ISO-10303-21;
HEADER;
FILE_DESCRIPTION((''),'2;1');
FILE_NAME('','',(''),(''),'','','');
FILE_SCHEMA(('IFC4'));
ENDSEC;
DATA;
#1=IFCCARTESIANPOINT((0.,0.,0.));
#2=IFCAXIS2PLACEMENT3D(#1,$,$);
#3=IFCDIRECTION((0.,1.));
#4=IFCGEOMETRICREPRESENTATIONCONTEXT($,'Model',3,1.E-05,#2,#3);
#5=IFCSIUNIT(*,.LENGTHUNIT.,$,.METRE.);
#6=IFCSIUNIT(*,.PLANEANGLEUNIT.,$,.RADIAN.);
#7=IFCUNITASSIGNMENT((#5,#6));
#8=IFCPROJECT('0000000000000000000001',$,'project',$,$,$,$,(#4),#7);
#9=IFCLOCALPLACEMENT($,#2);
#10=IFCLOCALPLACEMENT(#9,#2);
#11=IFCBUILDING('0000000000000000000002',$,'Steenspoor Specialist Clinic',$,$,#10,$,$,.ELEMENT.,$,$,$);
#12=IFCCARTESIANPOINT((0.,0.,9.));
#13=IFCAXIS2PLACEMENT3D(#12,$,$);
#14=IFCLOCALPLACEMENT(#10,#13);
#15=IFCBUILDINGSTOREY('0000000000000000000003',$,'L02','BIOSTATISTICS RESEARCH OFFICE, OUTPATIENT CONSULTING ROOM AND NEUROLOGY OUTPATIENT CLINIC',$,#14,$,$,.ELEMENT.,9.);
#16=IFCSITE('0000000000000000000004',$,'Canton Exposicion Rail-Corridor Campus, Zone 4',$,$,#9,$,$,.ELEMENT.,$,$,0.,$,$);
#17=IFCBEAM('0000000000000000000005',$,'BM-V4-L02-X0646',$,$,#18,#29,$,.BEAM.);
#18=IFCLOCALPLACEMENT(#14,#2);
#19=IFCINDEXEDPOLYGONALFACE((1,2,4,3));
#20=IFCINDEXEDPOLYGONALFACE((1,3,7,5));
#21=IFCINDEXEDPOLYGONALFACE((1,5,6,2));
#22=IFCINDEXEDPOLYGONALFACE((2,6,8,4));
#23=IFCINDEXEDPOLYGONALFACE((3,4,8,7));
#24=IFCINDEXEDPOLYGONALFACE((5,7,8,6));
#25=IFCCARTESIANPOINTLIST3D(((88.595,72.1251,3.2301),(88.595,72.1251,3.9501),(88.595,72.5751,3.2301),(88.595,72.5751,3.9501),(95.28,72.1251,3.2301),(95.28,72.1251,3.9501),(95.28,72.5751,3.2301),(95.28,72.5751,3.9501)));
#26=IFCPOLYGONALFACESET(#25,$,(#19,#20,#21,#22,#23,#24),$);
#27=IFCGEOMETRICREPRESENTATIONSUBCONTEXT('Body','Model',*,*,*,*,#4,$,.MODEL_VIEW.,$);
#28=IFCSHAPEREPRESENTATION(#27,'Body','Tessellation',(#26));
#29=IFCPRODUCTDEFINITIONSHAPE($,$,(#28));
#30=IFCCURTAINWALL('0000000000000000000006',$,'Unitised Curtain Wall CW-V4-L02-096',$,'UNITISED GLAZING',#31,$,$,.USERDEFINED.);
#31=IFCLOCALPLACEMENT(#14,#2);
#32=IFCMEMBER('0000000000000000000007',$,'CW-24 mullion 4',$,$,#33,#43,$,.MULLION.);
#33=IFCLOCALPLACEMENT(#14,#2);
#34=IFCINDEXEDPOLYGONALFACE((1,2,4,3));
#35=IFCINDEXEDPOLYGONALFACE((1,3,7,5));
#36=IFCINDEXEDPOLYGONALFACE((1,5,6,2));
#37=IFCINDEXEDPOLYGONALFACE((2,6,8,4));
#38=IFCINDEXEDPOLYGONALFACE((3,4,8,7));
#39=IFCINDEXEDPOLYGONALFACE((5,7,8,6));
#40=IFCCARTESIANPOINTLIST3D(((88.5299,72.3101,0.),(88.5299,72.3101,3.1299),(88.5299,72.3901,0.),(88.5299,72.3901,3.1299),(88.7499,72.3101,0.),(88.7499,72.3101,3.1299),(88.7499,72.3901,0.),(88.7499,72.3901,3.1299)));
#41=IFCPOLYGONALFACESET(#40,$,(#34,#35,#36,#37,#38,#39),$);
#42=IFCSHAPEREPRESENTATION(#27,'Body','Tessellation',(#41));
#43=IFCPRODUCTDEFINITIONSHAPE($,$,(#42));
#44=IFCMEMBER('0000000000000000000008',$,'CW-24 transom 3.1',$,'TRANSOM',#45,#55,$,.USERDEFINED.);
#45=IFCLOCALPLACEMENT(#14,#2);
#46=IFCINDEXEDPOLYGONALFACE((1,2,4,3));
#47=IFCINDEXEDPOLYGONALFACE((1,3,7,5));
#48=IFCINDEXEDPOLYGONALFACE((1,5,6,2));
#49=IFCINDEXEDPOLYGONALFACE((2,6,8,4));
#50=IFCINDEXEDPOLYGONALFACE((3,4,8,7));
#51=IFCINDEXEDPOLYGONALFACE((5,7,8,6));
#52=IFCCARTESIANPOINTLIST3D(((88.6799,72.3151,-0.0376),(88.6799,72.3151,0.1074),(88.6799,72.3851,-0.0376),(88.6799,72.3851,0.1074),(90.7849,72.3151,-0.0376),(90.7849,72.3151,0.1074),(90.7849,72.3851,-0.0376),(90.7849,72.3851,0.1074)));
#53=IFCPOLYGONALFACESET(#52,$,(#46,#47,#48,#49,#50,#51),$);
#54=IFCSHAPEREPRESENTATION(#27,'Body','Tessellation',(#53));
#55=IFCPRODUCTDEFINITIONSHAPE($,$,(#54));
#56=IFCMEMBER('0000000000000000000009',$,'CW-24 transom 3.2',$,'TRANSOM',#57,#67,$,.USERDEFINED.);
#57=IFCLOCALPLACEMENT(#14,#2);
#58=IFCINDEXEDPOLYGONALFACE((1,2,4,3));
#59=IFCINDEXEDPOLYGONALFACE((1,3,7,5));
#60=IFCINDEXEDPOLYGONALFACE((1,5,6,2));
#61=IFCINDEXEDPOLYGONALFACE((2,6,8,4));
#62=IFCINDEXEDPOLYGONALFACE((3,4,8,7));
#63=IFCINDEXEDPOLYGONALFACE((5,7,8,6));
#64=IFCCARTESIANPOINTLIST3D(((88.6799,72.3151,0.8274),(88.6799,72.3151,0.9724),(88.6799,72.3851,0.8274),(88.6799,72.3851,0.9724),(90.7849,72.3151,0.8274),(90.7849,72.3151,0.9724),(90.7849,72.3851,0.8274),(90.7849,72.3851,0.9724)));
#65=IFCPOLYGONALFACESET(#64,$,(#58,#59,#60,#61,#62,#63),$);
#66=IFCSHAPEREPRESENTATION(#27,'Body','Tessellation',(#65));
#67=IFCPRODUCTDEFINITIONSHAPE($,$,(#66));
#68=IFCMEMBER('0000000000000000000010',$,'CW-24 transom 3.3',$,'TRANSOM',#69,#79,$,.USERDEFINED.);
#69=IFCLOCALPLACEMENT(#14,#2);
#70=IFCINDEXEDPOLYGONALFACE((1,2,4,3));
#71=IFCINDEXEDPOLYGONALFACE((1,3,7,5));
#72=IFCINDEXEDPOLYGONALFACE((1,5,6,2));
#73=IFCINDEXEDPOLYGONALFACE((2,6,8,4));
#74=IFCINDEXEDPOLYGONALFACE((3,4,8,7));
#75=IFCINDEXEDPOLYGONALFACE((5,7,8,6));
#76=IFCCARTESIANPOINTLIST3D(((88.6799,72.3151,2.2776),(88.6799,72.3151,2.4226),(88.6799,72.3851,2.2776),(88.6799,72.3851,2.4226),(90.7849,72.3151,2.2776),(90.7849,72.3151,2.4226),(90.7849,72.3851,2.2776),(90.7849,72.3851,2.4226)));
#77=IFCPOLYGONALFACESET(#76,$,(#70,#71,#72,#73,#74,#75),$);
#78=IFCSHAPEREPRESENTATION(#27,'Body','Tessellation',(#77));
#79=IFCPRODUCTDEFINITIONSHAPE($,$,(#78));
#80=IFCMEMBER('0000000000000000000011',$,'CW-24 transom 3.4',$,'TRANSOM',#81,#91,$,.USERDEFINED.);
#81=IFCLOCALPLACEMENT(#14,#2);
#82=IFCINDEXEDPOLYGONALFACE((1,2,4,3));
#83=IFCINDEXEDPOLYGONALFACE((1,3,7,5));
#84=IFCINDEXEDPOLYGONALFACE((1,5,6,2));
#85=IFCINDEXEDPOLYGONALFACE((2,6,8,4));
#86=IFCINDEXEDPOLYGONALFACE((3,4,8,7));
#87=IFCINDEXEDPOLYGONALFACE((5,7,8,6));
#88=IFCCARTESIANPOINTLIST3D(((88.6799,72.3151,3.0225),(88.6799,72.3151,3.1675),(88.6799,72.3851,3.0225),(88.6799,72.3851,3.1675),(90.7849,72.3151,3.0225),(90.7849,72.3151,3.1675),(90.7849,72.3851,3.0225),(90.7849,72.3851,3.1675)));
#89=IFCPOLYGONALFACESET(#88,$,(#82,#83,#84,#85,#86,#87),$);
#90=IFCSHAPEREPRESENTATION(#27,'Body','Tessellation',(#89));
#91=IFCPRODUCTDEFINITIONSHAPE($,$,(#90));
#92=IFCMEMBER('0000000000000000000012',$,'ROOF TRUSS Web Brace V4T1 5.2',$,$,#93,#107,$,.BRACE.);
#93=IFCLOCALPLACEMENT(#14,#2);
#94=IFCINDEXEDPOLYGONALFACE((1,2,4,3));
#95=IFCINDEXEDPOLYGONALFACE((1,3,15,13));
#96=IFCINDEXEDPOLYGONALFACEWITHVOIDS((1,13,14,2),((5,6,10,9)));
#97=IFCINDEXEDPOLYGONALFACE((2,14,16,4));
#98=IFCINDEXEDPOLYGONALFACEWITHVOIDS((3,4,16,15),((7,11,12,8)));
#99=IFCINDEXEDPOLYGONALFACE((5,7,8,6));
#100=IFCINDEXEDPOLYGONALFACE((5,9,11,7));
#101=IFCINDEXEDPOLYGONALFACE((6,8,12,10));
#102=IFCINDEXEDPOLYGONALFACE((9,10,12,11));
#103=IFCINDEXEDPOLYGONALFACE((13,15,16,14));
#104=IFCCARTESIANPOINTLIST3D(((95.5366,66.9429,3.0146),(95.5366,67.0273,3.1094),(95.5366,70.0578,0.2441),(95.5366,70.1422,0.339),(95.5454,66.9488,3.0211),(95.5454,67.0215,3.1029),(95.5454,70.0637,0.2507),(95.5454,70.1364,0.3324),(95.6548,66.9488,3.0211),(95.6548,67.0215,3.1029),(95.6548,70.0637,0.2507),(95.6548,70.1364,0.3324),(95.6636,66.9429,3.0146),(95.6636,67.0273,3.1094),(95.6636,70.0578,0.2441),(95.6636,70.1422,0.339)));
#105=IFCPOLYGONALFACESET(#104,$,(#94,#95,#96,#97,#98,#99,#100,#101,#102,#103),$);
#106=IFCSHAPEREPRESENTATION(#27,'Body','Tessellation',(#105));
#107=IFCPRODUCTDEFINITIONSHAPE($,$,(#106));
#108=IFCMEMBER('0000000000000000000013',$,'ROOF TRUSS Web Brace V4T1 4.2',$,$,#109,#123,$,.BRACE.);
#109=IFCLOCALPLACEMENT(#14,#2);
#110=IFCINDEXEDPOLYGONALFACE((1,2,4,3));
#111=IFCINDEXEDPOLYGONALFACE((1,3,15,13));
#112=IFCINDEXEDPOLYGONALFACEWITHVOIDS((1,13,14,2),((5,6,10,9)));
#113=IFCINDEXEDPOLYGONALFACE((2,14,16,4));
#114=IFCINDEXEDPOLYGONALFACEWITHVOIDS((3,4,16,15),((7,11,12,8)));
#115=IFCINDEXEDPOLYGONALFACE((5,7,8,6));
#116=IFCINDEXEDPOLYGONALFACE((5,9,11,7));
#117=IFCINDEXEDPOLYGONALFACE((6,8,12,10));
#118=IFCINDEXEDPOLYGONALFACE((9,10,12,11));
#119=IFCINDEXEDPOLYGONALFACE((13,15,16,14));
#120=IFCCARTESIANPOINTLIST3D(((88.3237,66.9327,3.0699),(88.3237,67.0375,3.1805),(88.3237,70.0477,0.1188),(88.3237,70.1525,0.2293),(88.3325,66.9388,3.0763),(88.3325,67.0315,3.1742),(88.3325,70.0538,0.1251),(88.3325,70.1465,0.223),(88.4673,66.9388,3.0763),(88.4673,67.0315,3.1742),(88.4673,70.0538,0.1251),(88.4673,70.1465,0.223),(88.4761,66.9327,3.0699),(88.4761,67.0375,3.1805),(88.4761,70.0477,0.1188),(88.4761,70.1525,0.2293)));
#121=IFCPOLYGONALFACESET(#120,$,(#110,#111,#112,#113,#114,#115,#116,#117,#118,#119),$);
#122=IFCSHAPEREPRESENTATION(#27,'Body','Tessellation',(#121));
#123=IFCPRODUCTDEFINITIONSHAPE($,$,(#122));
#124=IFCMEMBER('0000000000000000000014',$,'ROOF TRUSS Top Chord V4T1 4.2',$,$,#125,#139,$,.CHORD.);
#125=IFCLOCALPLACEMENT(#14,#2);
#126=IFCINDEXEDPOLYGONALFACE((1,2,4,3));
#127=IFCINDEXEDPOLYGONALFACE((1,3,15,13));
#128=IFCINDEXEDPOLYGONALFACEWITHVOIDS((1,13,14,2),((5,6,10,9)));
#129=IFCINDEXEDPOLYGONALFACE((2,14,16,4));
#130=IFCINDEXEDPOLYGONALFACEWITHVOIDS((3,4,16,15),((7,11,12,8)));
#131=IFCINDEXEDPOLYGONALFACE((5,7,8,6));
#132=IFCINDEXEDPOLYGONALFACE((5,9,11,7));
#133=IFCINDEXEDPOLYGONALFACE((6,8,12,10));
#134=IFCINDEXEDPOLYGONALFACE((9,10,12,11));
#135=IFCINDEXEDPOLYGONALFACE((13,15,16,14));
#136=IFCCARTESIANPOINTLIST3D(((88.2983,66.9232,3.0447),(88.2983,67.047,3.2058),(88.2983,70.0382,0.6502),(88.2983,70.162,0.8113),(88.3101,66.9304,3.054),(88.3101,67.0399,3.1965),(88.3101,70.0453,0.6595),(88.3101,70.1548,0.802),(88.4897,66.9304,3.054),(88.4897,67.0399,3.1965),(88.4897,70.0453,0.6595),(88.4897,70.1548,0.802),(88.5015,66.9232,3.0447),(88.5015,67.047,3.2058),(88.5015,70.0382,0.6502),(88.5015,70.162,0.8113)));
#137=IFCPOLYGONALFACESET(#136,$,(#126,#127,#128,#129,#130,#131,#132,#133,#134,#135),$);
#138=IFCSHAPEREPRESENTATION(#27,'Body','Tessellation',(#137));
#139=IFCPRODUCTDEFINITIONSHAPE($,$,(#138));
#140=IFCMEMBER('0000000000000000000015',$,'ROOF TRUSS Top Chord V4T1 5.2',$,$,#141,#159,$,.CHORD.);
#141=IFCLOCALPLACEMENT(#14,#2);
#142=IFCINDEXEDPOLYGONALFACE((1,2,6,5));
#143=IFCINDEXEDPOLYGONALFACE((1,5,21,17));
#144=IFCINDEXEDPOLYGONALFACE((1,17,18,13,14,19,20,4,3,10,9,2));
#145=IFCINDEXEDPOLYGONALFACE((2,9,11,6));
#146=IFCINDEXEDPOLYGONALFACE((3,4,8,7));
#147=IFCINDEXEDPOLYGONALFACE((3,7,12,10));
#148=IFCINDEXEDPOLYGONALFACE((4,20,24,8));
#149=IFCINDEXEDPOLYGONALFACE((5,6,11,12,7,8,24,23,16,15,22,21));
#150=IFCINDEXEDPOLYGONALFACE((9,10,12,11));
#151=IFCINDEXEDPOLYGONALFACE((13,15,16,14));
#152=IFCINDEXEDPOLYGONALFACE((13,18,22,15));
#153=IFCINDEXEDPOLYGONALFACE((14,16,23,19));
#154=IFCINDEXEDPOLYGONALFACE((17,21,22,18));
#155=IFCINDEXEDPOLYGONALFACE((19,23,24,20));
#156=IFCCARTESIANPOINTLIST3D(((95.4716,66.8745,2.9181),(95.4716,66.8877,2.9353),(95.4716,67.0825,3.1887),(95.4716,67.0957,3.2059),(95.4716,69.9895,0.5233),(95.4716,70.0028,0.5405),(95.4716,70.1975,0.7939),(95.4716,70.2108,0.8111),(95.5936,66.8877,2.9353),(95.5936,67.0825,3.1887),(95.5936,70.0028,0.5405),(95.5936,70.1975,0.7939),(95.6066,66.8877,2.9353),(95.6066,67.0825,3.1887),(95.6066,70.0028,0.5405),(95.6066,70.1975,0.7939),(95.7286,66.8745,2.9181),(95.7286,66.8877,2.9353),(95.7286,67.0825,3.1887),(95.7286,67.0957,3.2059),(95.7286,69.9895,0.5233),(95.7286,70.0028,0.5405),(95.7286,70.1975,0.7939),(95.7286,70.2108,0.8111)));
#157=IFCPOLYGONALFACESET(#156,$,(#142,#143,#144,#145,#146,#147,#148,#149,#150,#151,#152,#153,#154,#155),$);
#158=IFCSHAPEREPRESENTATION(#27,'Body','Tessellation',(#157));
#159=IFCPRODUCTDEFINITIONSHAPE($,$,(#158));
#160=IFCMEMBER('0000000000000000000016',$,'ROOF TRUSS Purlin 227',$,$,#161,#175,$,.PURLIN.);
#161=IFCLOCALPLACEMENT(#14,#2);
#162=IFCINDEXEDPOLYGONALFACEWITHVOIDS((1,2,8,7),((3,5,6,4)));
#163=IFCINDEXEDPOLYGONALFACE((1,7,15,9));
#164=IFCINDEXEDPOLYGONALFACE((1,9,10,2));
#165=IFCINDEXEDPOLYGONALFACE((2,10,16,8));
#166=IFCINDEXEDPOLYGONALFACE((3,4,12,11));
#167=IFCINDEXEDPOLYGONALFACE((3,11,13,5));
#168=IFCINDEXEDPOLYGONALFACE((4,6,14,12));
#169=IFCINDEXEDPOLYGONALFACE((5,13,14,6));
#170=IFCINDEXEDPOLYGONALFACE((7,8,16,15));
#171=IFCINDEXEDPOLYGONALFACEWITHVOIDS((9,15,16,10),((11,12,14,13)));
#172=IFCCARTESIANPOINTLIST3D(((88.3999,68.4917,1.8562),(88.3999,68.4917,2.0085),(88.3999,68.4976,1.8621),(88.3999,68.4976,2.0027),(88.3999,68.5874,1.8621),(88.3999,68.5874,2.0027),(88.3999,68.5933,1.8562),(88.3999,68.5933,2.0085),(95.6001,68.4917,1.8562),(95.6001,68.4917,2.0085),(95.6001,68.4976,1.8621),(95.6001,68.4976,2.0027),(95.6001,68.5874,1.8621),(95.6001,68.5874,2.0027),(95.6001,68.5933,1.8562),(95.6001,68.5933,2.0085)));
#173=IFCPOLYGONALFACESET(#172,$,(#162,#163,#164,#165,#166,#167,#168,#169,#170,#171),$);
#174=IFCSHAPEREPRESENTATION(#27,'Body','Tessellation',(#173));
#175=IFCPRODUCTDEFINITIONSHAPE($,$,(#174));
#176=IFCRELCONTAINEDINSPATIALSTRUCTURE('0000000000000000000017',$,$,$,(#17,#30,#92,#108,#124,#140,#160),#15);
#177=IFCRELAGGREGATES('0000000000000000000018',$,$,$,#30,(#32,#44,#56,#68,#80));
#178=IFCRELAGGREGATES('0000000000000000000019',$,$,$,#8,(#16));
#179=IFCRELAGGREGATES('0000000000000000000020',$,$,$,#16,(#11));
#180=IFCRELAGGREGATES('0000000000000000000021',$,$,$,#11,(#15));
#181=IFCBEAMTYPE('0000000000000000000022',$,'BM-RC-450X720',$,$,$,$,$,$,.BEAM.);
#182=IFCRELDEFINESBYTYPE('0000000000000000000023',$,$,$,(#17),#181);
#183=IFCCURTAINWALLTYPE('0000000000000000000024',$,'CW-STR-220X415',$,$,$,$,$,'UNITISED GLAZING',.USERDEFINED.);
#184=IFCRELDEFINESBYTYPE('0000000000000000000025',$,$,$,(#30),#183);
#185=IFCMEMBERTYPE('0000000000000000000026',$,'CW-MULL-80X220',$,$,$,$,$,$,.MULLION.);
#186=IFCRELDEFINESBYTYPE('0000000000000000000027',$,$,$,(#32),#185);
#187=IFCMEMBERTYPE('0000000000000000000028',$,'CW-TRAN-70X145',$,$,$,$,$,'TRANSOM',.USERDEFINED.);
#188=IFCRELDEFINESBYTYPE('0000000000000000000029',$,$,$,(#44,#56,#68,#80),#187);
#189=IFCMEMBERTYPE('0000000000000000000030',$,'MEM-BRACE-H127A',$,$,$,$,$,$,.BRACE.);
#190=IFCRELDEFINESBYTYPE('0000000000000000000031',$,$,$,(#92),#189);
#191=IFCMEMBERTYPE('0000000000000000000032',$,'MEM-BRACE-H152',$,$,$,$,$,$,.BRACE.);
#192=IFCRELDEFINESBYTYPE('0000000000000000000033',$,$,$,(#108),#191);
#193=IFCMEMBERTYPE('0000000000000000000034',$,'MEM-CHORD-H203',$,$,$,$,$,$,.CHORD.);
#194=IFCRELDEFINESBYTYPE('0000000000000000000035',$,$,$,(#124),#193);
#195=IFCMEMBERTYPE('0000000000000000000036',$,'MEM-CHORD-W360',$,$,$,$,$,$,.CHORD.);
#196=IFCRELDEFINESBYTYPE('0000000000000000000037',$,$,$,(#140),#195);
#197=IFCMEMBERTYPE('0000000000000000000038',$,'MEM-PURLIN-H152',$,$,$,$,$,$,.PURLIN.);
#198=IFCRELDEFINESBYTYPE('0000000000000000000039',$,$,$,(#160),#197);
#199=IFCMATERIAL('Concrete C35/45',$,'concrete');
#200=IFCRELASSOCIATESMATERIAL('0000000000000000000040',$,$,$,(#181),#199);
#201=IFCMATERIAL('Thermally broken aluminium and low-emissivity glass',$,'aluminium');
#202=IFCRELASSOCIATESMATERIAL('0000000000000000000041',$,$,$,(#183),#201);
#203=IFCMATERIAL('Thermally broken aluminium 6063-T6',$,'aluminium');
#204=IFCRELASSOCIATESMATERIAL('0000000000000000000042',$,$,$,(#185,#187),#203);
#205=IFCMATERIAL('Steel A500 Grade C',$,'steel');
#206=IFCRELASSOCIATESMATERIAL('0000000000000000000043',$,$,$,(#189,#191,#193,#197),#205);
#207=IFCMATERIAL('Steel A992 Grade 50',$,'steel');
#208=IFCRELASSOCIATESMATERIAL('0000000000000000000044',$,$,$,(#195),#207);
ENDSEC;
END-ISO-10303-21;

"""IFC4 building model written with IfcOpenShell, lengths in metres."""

from ifc_helpers import new_model, si_unit, direction, frame, origin, origin_2d, place, context, subcontext, project, spatial, rectangle, hollow_rectangle, i_section, extrude, material, material_profile, profile_set, type_object, element, aggregate, save


model = new_model("IFC4")

# Units and contexts
model_context = context("Model", 3, precision=1e-05, world=origin(), true_north=direction((0.0, 1.0)))
body_context = subcontext(model_context, "Body", "Model", "MODEL_VIEW")
ifc_project = project(units=[si_unit("LENGTHUNIT", "METRE"), si_unit("PLANEANGLEUNIT", "RADIAN")], contexts=[model_context])

# Site, building, storey
site_placement = place(None, origin())
site = spatial("IfcSite", under=ifc_project, at=site_placement, Name="Canton Exposicion Rail-Corridor Campus, Zone 4", CompositionType="ELEMENT", RefElevation=0.0)
building_placement = place(site_placement, origin())
building = spatial("IfcBuilding", under=site, at=building_placement, Name="Steenspoor Specialist Clinic", CompositionType="ELEMENT")
storey_placement = place(building_placement, frame((0.0, 0.0, 9.0)))
storey = spatial("IfcBuildingStorey", under=building, at=storey_placement, Name="L02", Description="BIOSTATISTICS RESEARCH OFFICE, OUTPATIENT CONSULTING ROOM AND NEUROLOGY OUTPATIENT CLINIC", CompositionType="ELEMENT", Elevation=9.0)

# Beam
ifc_material_1 = material(Name="Concrete C35/45", Category="concrete")
ifc_material_profile_1 = material_profile(ifc_material_1, rectangle(XDim=0.45, YDim=0.72, at=origin_2d()), Name="RC-BM-450X720")
ifc_profile_set_1 = profile_set([ifc_material_profile_1], Name="Concrete C35/45")
beam_type = type_object("IfcBeamType", Name="BM-RC-450X720", PredefinedType="BEAM", material=ifc_profile_set_1)
beam_placement = place(storey_placement, frame((88.595, 72.3501, 3.5901), z_axis=(1.0, 0.0, 0.0), x_axis=(0.0, 1.0, 0.0)))
element("IfcBeam", 1, at=beam_placement, inside=storey, type_object=beam_type, Name="BM-V4-L02-X0646", PredefinedType="BEAM", context=body_context, shape_type="SweptSolid", body=[
    extrude(rectangle(XDim=0.45, YDim=0.72, at=origin_2d()), origin(), (0.0, 0.0, 1.0), 6.6851),
])

# Curtain wall, members
ifc_material_2 = material(Name="Thermally broken aluminium and low-emissivity glass", Category="aluminium")
curtain_wall_type = type_object("IfcCurtainWallType", Name="CW-STR-220X415", ElementType="UNITISED GLAZING", PredefinedType="USERDEFINED", material=ifc_material_2)
curtain_wall_placement = place(storey_placement, origin())
curtain_wall = element("IfcCurtainWall", 2, at=curtain_wall_placement, inside=storey, type_object=curtain_wall_type, Name="Unitised Curtain Wall CW-V4-L02-096", ObjectType="UNITISED GLAZING", PredefinedType="USERDEFINED")
ifc_material_3 = material(Name="Thermally broken aluminium 6063-T6", Category="aluminium")
ifc_material_profile_2 = material_profile(ifc_material_3, rectangle(XDim=0.0801, YDim=0.22, at=origin_2d()), Name="CWM-80X220")
ifc_profile_set_2 = profile_set([ifc_material_profile_2], Name="Thermally broken aluminium 6063-T6")
member_type_1 = type_object("IfcMemberType", Name="CW-MULL-80X220", PredefinedType="MULLION", material=ifc_profile_set_2)
member_1_placement = place(storey_placement, frame((88.6399, 72.3501, 0.0), z_axis=(0.0, 0.0, 1.0), x_axis=(0.0, -1.0, 0.0)))
member_1 = element("IfcMember", 3, at=member_1_placement, type_object=member_type_1, Name="CW-24 mullion 4", PredefinedType="MULLION", context=body_context, shape_type="SweptSolid", body=[
    extrude(rectangle(XDim=0.0801, YDim=0.22, at=origin_2d()), origin(), (0.0, 0.0, 1.0), 3.1299),
])
ifc_material_profile_3 = material_profile(ifc_material_3, rectangle(XDim=0.0701, YDim=0.145, at=origin_2d()), Name="CWT-70X145")
ifc_profile_set_3 = profile_set([ifc_material_profile_3], Name="Thermally broken aluminium 6063-T6")
member_type_2 = type_object("IfcMemberType", Name="CW-TRAN-70X145", ElementType="TRANSOM", PredefinedType="USERDEFINED", material=ifc_profile_set_3)
member_2_placement = place(storey_placement, frame((90.7849, 72.3501, 0.0349), z_axis=(-1.0, 0.0, 0.0), x_axis=(0.0, -1.0, 0.0)))
member_2 = element("IfcMember", 4, at=member_2_placement, type_object=member_type_2, Name="CW-24 transom 3.1", ObjectType="TRANSOM", PredefinedType="USERDEFINED", context=body_context, shape_type="SweptSolid", body=[
    extrude(rectangle(XDim=0.0701, YDim=0.145, at=origin_2d()), origin(), (0.0, 0.0, 1.0), 2.105),
])
member_3_placement = place(storey_placement, frame((90.7849, 72.3501, 0.8999), z_axis=(-1.0, 0.0, 0.0), x_axis=(0.0, -1.0, 0.0)))
member_3 = element("IfcMember", 5, at=member_3_placement, type_object=member_type_2, Name="CW-24 transom 3.2", ObjectType="TRANSOM", PredefinedType="USERDEFINED", context=body_context, shape_type="SweptSolid", body=[
    extrude(rectangle(XDim=0.0701, YDim=0.145, at=origin_2d()), origin(), (0.0, 0.0, 1.0), 2.105),
])
member_4_placement = place(storey_placement, frame((90.7849, 72.3501, 2.3501), z_axis=(-1.0, 0.0, 0.0), x_axis=(0.0, -1.0, 0.0)))
member_4 = element("IfcMember", 6, at=member_4_placement, type_object=member_type_2, Name="CW-24 transom 3.3", ObjectType="TRANSOM", PredefinedType="USERDEFINED", context=body_context, shape_type="SweptSolid", body=[
    extrude(rectangle(XDim=0.0701, YDim=0.145, at=origin_2d()), origin(), (0.0, 0.0, 1.0), 2.105),
])
member_5_placement = place(storey_placement, frame((90.7849, 72.3501, 3.095), z_axis=(-1.0, 0.0, 0.0), x_axis=(0.0, -1.0, 0.0)))
member_5 = element("IfcMember", 7, at=member_5_placement, type_object=member_type_2, Name="CW-24 transom 3.4", ObjectType="TRANSOM", PredefinedType="USERDEFINED", context=body_context, shape_type="SweptSolid", body=[
    extrude(rectangle(XDim=0.0701, YDim=0.145, at=origin_2d()), origin(), (0.0, 0.0, 1.0), 2.105),
])

# Members
ifc_material_4 = material(Name="Steel A500 Grade C", Category="steel")
ifc_material_profile_4 = material_profile(ifc_material_4, hollow_rectangle(XDim=0.127, YDim=0.127, WallThickness=0.0088, at=origin_2d()), Name="HSS127X127X9.5")
ifc_profile_set_4 = profile_set([ifc_material_profile_4], Name="Steel A500 Grade C")
member_type_3 = type_object("IfcMemberType", Name="MEM-BRACE-H127A", PredefinedType="BRACE", material=ifc_profile_set_4)
member_6_placement = place(storey_placement, frame((95.6001, 66.9851, 3.062), z_axis=(0.0, 0.747215, -0.664582), x_axis=(-1.0, 0.0, 0.0)))
element("IfcMember", 8, at=member_6_placement, inside=storey, type_object=member_type_3, Name="ROOF TRUSS Web Brace V4T1 5.2", PredefinedType="BRACE", context=body_context, shape_type="SweptSolid", body=[
    extrude(hollow_rectangle(XDim=0.127, YDim=0.127, WallThickness=0.0088, at=origin_2d()), origin(), (0.0, 0.0, 1.0), 4.1687),
])
ifc_material_profile_5 = material_profile(ifc_material_4, hollow_rectangle(XDim=0.1523, YDim=0.1523, WallThickness=0.0088, at=origin_2d()), Name="HSS152X152X9.5")
ifc_profile_set_5 = profile_set([ifc_material_profile_5], Name="Steel A500 Grade C")
member_type_4 = type_object("IfcMemberType", Name="MEM-BRACE-H152", PredefinedType="BRACE", material=ifc_profile_set_5)
member_7_placement = place(storey_placement, frame((88.3999, 66.9851, 3.1252), z_axis=(0.0, 0.725938, -0.68776), x_axis=(-1.0, 0.0, 0.0)))
element("IfcMember", 9, at=member_7_placement, inside=storey, type_object=member_type_4, Name="ROOF TRUSS Web Brace V4T1 4.2", PredefinedType="BRACE", context=body_context, shape_type="SweptSolid", body=[
    extrude(hollow_rectangle(XDim=0.1523, YDim=0.1523, WallThickness=0.0088, at=origin_2d()), origin(), (0.0, 0.0, 1.0), 4.291),
])
ifc_material_profile_6 = material_profile(ifc_material_4, hollow_rectangle(XDim=0.2031, YDim=0.2031, WallThickness=0.0117, at=origin_2d()), Name="HSS203X203X12.7")
ifc_profile_set_6 = profile_set([ifc_material_profile_6], Name="Steel A500 Grade C")
member_type_5 = type_object("IfcMemberType", Name="MEM-CHORD-H203", PredefinedType="CHORD", material=ifc_profile_set_6)
member_8_placement = place(storey_placement, frame((88.3999, 66.9851, 3.1252), z_axis=(0.0, 0.792823, -0.609452), x_axis=(-1.0, 0.0, 0.0)))
element("IfcMember", 10, at=member_8_placement, inside=storey, type_object=member_type_5, Name="ROOF TRUSS Top Chord V4T1 4.2", PredefinedType="CHORD", context=body_context, shape_type="SweptSolid", body=[
    extrude(hollow_rectangle(XDim=0.2031, YDim=0.2031, WallThickness=0.0117, at=origin_2d()), origin(), (0.0, 0.0, 1.0), 3.929),
])
ifc_material_5 = material(Name="Steel A992 Grade 50", Category="steel")
ifc_material_profile_7 = material_profile(ifc_material_5, i_section(OverallWidth=0.2571, OverallDepth=0.363, WebThickness=0.0129, FlangeThickness=0.0217, at=origin_2d()), Name="W360X122")
ifc_profile_set_7 = profile_set([ifc_material_profile_7], Name="Steel A992 Grade 50")
member_type_6 = type_object("IfcMemberType", Name="MEM-CHORD-W360", PredefinedType="CHORD", material=ifc_profile_set_7)
member_9_placement = place(storey_placement, frame((95.6001, 66.9851, 3.062), z_axis=(0.0, 0.792793, -0.609492), x_axis=(-1.0, 0.0, 0.0)))
element("IfcMember", 11, at=member_9_placement, inside=storey, type_object=member_type_6, Name="ROOF TRUSS Top Chord V4T1 5.2", PredefinedType="CHORD", context=body_context, shape_type="SweptSolid", body=[
    extrude(i_section(OverallWidth=0.2571, OverallDepth=0.363, WebThickness=0.0129, FlangeThickness=0.0217, at=origin_2d()), origin(), (0.0, 0.0, 1.0), 3.9292),
])
ifc_material_profile_8 = material_profile(ifc_material_4, hollow_rectangle(XDim=0.1016, YDim=0.1523, WallThickness=0.0059, at=origin_2d()), Name="HSS152X102X6.4")
ifc_profile_set_8 = profile_set([ifc_material_profile_8], Name="Steel A500 Grade C")
member_type_7 = type_object("IfcMemberType", Name="MEM-PURLIN-H152", PredefinedType="PURLIN", material=ifc_profile_set_8)
member_10_placement = place(storey_placement, frame((88.3999, 68.5425, 1.9324), z_axis=(1.0, 0.0, 0.0), x_axis=(0.0, 1.0, 0.0)))
element("IfcMember", 12, at=member_10_placement, inside=storey, type_object=member_type_7, Name="ROOF TRUSS Purlin 227", PredefinedType="PURLIN", context=body_context, shape_type="SweptSolid", body=[
    extrude(hollow_rectangle(XDim=0.1016, YDim=0.1523, WallThickness=0.0059, at=origin_2d()), origin(), (0.0, 0.0, 1.0), 7.2002),
])

aggregate(curtain_wall, [member_1, member_2, member_3, member_4, member_5])

save(model, "model.ifc")
